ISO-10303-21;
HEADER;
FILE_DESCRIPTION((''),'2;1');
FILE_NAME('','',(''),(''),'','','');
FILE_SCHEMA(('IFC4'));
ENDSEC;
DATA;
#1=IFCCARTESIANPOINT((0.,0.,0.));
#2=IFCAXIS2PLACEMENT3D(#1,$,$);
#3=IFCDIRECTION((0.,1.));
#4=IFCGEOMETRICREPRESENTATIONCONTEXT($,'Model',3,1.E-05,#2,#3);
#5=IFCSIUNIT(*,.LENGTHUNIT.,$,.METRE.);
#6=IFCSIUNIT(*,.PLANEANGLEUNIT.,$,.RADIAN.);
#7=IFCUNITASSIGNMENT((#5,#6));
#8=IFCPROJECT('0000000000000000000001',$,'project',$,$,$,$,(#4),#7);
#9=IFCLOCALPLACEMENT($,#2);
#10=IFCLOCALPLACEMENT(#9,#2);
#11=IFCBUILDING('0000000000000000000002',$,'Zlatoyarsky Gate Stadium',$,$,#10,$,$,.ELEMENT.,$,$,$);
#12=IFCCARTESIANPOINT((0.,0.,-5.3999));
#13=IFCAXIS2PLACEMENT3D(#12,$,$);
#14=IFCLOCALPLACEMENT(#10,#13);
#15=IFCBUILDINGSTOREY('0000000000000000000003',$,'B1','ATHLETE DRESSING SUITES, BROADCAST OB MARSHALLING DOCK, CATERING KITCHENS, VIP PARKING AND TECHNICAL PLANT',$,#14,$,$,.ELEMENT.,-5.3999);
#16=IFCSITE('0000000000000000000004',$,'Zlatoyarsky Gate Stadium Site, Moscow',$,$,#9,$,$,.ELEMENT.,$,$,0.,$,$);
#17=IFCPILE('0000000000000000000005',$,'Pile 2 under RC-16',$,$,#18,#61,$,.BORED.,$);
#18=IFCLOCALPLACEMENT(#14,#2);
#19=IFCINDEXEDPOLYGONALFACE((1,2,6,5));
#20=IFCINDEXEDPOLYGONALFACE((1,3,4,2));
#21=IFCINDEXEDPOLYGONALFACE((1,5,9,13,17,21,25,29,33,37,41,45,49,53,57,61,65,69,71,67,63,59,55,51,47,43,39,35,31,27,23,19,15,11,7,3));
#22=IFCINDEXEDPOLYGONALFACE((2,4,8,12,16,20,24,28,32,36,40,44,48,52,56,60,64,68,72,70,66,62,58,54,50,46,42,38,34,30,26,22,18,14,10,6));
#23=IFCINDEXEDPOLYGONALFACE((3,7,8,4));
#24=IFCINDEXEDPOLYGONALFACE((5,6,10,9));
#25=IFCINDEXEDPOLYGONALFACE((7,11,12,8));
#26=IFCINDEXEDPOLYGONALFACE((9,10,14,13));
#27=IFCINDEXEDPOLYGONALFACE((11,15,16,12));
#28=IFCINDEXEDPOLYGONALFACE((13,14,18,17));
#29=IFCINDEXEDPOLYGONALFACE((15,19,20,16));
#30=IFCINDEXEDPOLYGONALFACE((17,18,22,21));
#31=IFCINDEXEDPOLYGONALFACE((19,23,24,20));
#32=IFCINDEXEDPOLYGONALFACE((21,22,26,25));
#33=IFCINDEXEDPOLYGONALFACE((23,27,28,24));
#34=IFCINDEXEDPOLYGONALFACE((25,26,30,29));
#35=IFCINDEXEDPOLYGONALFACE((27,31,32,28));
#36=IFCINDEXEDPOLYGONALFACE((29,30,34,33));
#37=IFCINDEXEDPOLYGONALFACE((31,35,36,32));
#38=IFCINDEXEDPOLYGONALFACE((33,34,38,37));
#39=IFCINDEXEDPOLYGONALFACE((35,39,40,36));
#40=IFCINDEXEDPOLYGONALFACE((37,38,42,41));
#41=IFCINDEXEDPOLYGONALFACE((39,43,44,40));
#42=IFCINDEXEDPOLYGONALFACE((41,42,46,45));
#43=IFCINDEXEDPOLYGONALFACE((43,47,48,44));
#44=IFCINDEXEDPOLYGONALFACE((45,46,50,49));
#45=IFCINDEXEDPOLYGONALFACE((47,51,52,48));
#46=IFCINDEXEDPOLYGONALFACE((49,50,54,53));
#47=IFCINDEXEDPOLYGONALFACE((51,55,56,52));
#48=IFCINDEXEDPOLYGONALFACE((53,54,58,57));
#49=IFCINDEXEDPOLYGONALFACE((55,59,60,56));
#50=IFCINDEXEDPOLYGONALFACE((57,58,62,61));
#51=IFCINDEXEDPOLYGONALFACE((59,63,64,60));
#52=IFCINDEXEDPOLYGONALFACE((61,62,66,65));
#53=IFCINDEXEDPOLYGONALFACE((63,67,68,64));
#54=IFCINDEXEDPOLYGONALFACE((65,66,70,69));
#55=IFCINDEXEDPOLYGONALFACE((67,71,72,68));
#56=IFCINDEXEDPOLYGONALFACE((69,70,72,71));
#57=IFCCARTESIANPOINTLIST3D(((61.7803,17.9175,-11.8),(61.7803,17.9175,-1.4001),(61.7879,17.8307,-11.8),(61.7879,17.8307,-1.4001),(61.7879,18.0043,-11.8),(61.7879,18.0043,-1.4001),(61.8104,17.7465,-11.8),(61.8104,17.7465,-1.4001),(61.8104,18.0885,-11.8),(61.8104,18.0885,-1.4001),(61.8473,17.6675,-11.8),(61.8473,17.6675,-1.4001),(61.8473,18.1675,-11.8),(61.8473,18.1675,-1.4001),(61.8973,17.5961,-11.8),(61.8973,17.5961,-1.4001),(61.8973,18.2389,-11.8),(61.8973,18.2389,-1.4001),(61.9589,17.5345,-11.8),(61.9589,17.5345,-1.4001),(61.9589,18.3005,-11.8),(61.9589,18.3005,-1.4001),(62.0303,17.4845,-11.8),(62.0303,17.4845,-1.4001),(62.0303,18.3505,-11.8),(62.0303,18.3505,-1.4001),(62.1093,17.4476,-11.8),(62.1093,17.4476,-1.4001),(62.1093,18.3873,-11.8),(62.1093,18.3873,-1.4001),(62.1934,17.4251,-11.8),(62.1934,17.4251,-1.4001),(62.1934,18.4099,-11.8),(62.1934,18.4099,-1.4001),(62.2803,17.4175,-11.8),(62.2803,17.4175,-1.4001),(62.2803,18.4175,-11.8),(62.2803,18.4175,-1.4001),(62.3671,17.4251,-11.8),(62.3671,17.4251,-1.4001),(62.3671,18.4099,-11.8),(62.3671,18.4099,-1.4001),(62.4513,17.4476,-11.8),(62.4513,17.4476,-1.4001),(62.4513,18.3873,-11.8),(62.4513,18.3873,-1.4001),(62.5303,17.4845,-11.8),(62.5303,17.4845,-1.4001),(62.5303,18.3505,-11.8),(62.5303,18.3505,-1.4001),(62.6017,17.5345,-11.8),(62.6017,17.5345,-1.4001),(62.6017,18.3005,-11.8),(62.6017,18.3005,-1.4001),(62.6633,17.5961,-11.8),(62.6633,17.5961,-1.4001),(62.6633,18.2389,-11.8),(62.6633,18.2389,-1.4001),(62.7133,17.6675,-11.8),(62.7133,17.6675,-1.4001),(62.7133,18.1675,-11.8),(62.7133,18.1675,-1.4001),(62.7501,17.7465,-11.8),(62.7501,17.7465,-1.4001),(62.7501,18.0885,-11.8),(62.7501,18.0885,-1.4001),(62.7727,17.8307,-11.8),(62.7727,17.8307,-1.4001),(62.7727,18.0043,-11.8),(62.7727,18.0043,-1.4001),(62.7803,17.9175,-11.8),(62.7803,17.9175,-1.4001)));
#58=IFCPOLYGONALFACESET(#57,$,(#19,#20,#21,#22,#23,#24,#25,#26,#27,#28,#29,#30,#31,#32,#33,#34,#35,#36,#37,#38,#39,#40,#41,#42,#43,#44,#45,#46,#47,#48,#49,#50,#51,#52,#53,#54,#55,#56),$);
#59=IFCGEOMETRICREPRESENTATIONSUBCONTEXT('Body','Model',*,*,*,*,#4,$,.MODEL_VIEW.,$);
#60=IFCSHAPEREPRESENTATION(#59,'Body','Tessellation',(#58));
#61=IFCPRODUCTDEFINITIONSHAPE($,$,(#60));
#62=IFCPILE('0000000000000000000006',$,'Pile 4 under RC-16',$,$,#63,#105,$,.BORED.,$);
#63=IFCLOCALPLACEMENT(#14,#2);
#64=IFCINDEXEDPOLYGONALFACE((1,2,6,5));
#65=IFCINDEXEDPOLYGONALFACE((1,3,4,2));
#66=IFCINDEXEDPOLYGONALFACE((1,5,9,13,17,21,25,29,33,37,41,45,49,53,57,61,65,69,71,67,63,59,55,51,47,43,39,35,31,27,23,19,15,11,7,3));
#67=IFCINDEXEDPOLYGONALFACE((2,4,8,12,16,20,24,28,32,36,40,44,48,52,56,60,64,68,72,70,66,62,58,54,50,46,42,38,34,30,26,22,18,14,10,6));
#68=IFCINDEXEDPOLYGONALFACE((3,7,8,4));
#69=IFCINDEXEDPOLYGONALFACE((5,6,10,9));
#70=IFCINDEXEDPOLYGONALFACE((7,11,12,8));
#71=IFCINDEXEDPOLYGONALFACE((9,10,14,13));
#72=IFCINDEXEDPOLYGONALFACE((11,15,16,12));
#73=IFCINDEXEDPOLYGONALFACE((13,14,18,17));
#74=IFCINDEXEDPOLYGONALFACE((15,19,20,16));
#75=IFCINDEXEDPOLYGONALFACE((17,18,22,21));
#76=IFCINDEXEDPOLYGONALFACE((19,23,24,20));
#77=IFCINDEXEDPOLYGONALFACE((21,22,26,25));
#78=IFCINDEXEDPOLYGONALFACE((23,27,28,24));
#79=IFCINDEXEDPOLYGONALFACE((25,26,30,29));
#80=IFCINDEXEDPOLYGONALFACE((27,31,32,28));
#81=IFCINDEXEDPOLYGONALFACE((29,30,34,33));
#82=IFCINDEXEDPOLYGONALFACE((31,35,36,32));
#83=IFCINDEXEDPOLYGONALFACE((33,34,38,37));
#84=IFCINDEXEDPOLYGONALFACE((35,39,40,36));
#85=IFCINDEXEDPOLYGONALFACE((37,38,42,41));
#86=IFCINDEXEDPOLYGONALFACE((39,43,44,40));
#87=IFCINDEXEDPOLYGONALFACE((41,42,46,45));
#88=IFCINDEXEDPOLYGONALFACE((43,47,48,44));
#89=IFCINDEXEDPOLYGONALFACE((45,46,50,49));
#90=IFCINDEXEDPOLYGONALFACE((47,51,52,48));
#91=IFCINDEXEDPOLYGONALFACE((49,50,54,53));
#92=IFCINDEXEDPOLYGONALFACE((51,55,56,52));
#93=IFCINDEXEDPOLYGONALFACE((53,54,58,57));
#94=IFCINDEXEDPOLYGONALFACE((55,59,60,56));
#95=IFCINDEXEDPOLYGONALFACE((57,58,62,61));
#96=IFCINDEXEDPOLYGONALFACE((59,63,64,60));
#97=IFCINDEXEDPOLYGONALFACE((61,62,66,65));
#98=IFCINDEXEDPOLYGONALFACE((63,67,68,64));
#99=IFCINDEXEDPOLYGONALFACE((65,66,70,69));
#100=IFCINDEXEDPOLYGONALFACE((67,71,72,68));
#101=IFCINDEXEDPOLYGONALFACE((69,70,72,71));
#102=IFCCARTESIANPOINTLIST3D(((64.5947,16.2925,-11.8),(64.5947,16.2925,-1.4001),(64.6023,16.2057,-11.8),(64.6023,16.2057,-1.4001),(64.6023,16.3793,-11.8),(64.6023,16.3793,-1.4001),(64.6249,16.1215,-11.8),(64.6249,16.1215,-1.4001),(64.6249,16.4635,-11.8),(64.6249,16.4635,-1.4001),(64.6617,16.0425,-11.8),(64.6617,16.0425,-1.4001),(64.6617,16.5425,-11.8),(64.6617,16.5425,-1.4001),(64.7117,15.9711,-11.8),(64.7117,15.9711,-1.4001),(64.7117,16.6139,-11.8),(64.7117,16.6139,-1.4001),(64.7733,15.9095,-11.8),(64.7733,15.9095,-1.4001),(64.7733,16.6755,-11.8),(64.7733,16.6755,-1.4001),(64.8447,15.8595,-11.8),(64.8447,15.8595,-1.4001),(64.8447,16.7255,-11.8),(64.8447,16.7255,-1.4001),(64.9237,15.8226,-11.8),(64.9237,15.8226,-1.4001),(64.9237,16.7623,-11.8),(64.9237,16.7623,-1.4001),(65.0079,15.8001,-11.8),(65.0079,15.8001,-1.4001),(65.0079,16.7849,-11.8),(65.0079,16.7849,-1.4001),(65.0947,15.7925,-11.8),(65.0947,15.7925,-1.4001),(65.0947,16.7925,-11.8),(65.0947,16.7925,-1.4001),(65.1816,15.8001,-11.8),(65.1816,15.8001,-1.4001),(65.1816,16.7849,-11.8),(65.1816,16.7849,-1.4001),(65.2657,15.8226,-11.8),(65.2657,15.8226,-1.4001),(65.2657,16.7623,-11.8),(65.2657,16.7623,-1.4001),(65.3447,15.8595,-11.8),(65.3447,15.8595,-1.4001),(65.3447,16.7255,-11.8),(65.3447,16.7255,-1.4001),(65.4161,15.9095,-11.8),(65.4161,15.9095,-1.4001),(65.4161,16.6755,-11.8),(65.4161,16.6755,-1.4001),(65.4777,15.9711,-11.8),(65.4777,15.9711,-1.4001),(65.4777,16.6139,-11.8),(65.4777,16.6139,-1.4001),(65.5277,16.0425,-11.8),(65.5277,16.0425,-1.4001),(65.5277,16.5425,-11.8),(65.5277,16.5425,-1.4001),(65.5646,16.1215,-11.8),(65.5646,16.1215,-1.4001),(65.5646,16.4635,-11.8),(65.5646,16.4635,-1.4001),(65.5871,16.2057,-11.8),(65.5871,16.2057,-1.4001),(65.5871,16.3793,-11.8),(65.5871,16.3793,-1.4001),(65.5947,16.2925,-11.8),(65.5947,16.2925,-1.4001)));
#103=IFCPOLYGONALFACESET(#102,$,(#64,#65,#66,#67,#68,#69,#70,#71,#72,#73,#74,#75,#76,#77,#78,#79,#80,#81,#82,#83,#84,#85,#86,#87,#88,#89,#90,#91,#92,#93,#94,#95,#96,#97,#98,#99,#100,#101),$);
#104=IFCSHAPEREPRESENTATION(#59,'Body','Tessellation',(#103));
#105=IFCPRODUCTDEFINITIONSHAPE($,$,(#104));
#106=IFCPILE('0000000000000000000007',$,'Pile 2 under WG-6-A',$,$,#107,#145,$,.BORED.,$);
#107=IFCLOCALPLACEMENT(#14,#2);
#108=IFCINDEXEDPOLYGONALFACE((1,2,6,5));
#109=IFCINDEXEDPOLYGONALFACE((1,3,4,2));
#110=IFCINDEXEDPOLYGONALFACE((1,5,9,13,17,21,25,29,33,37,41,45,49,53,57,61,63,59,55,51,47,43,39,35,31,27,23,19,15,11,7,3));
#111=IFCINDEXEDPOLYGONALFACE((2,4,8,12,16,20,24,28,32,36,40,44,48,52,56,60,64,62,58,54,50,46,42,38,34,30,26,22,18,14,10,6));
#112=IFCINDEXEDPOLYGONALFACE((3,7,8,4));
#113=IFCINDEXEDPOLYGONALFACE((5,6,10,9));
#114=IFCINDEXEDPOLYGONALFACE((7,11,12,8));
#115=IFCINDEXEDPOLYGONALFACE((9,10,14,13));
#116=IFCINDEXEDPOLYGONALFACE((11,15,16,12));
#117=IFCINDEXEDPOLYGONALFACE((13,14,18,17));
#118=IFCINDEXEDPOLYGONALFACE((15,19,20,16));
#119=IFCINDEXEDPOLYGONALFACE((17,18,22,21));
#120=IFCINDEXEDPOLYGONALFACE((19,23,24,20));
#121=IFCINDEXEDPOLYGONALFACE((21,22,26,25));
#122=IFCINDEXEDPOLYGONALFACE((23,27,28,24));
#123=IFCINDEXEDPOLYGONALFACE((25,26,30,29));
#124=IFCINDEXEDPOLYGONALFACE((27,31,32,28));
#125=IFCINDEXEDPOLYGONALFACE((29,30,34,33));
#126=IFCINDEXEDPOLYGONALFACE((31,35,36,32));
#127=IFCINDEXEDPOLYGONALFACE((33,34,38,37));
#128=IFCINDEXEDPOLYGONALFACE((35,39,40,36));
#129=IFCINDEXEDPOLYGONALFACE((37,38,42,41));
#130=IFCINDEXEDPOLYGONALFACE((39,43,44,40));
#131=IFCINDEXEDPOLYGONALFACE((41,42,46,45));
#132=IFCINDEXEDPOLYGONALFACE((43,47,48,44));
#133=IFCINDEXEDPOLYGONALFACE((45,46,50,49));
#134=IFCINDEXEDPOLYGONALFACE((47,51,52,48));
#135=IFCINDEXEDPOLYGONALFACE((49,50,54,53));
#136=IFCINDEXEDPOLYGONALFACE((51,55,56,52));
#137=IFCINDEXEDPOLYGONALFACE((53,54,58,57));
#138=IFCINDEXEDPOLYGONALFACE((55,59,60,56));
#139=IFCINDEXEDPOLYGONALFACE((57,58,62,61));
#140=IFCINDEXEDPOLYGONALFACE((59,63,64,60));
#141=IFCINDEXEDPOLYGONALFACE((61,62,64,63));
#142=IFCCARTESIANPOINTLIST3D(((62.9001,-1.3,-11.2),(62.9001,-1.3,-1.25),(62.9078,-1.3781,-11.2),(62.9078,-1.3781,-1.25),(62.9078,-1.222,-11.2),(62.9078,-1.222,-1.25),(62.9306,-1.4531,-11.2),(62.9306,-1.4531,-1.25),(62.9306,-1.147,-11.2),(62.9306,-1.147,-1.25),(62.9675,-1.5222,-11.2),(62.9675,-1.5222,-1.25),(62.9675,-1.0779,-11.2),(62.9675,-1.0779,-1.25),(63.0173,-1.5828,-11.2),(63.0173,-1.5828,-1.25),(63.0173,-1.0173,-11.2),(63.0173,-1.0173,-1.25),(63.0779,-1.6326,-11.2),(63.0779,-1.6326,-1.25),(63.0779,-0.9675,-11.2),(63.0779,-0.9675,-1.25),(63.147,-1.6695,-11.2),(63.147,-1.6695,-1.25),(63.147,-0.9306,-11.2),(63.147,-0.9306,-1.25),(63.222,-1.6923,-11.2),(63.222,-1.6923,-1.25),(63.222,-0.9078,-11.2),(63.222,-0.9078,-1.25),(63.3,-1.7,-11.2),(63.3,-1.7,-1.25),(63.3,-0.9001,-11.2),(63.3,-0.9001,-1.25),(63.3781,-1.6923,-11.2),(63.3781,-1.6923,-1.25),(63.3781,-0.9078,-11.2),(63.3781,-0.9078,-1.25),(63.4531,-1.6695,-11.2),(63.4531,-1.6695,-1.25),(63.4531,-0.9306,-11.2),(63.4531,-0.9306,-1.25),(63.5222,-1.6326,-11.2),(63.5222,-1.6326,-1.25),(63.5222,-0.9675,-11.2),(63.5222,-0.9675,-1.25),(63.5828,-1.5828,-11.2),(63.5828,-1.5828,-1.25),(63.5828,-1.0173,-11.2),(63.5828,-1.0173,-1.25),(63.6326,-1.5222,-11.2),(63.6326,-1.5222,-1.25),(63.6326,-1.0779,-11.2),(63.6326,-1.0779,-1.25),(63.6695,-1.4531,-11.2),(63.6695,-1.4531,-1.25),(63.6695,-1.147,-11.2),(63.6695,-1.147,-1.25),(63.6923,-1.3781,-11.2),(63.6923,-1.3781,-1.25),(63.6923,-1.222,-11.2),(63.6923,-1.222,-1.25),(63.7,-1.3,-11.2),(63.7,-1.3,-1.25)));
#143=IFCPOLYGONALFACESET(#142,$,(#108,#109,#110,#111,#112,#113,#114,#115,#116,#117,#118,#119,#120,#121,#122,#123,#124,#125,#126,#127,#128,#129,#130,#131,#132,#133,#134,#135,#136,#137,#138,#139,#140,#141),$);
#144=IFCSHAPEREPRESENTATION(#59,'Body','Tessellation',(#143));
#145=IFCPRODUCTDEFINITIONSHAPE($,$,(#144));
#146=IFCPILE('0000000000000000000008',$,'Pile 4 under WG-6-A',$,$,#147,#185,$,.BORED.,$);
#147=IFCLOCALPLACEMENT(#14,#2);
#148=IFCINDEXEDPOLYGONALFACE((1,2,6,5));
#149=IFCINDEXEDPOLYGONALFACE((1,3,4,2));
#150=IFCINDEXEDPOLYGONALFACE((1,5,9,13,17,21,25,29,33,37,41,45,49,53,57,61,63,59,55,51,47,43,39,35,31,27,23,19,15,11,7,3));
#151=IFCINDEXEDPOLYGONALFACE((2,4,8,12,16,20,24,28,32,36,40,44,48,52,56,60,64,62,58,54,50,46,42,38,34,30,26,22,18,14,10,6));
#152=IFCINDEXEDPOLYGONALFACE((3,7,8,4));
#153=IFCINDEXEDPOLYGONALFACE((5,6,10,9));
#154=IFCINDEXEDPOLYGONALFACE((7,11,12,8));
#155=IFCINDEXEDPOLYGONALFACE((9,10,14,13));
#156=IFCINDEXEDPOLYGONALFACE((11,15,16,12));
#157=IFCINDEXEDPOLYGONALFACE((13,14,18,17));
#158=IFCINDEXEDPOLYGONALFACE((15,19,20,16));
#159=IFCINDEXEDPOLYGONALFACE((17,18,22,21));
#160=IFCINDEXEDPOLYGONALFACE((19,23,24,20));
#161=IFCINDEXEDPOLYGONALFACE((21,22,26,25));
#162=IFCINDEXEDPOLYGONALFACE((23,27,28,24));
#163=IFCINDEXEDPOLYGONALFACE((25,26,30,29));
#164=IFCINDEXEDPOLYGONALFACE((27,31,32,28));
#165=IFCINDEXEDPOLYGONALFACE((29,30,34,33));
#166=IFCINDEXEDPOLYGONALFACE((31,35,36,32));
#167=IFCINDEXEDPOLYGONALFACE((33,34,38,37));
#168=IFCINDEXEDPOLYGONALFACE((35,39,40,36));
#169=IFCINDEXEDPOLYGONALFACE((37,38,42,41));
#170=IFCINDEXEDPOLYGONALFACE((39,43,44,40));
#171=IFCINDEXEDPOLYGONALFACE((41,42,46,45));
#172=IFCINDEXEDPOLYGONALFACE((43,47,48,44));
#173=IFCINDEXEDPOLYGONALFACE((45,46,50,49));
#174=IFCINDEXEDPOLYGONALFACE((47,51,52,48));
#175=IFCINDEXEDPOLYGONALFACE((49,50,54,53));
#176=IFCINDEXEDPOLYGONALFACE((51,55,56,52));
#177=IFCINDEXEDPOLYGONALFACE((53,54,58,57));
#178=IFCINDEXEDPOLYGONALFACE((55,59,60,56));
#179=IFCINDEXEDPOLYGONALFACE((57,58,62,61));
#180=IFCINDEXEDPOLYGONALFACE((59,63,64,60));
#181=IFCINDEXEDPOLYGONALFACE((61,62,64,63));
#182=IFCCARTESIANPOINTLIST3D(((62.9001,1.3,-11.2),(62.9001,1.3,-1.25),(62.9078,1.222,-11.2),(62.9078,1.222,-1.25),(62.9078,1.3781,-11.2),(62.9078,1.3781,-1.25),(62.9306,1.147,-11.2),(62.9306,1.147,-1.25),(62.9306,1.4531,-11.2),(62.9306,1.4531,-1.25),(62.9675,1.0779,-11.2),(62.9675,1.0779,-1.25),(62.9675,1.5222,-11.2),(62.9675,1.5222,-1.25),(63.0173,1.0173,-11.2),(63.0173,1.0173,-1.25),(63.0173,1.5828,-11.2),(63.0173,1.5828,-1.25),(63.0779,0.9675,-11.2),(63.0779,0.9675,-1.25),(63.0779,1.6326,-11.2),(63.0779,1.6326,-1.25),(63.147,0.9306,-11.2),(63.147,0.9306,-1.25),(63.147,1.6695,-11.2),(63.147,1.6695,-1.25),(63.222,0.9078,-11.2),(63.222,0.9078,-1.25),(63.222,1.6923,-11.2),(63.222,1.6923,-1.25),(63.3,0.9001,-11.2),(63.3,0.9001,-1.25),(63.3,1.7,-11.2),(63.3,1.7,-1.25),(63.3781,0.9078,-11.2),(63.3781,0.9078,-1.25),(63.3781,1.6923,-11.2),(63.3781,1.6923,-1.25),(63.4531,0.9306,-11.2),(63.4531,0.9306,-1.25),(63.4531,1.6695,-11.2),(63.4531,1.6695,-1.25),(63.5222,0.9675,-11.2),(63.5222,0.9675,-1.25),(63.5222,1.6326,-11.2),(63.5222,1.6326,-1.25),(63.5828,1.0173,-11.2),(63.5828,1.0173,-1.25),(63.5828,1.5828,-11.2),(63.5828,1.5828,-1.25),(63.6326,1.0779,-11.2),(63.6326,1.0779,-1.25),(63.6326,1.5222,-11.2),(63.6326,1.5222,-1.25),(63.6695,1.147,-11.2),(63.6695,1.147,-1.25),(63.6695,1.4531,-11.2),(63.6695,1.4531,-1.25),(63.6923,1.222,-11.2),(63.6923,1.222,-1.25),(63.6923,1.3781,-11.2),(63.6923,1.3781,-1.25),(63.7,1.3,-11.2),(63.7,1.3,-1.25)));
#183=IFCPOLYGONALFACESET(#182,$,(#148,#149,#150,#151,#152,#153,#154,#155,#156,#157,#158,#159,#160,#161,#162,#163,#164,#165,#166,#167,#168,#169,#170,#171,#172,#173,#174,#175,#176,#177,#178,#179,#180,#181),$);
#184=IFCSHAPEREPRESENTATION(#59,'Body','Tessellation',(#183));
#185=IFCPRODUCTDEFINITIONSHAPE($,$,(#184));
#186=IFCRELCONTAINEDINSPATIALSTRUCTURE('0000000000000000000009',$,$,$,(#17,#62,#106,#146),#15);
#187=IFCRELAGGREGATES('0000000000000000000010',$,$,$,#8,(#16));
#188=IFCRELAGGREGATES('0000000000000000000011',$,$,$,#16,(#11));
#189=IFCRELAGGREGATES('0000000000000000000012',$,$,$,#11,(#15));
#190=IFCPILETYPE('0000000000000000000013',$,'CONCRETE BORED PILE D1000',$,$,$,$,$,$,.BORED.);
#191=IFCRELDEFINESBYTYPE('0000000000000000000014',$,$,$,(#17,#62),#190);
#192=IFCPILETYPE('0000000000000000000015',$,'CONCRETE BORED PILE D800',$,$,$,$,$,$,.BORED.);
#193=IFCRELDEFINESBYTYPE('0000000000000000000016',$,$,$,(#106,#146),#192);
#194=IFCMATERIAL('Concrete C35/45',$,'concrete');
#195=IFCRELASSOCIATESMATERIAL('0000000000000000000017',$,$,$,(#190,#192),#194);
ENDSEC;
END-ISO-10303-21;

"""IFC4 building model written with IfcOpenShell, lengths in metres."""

from ifc_helpers import new_model, si_unit, direction, frame, origin, origin_2d, place, context, subcontext, project, spatial, circle, extrude, material, material_profile, profile_set, type_object, element, save


model = new_model("IFC4")

# Units and contexts
model_context = context("Model", 3, precision=1e-05, world=origin(), true_north=direction((0.0, 1.0)))
body_context = subcontext(model_context, "Body", "Model", "MODEL_VIEW")
ifc_project = project(units=[si_unit("LENGTHUNIT", "METRE"), si_unit("PLANEANGLEUNIT", "RADIAN")], contexts=[model_context])

# Site, building, storey
site_placement = place(None, origin())
site = spatial("IfcSite", under=ifc_project, at=site_placement, Name="Zlatoyarsky Gate Stadium Site, Moscow", CompositionType="ELEMENT", RefElevation=0.0)
building_placement = place(site_placement, origin())
building = spatial("IfcBuilding", under=site, at=building_placement, Name="Zlatoyarsky Gate Stadium", CompositionType="ELEMENT")
storey_placement = place(building_placement, frame((0.0, 0.0, -5.3999)))
storey = spatial("IfcBuildingStorey", under=building, at=storey_placement, Name="B1", Description="ATHLETE DRESSING SUITES, BROADCAST OB MARSHALLING DOCK, CATERING KITCHENS, VIP PARKING AND TECHNICAL PLANT", CompositionType="ELEMENT", Elevation=-5.3999)

# Piles
ifc_material_1 = material(Name="Concrete C35/45", Category="concrete")
ifc_material_profile_1 = material_profile(ifc_material_1, circle(Radius=0.5, at=origin_2d()), Name="BORED PILE D1000")
ifc_profile_set_1 = profile_set([ifc_material_profile_1], Name="Concrete C35/45")
pile_type_1 = type_object("IfcPileType", Name="CONCRETE BORED PILE D1000", PredefinedType="BORED", material=ifc_profile_set_1)
for number, where, z_axis, x_axis, name in (
    (1, (62.2803, 17.9175, -1.4001), (0.0, 0.0, -1.0), (1.0, 0.0, 0.0), "Pile 2 under RC-16"),
    (2, (65.0947, 16.2925, -1.4001), (0.0, 0.0, -1.0), (1.0, 0.0, 0.0), "Pile 4 under RC-16"),
):
    element("IfcPile", number, at=place(storey_placement, frame(where, z_axis=z_axis, x_axis=x_axis)), inside=storey, type_object=pile_type_1, Name=name, PredefinedType="BORED", context=body_context, shape_type="SweptSolid", body=[
        extrude(circle(Radius=0.5, at=origin_2d()), origin(), (0.0, 0.0, 1.0), 10.3999),
    ])
ifc_material_profile_2 = material_profile(ifc_material_1, circle(Radius=0.3999, at=origin_2d()), Name="BORED PILE D800")
ifc_profile_set_2 = profile_set([ifc_material_profile_2], Name="Concrete C35/45")
pile_type_2 = type_object("IfcPileType", Name="CONCRETE BORED PILE D800", PredefinedType="BORED", material=ifc_profile_set_2)
for number, where, z_axis, x_axis, name in (
    (3, (63.3, -1.3, -1.25), (0.0, 0.0, -1.0), (1.0, 0.0, 0.0), "Pile 2 under WG-6-A"),
    (4, (63.3, 1.3, -1.25), (0.0, 0.0, -1.0), (1.0, 0.0, 0.0), "Pile 4 under WG-6-A"),
):
    element("IfcPile", number, at=place(storey_placement, frame(where, z_axis=z_axis, x_axis=x_axis)), inside=storey, type_object=pile_type_2, Name=name, PredefinedType="BORED", context=body_context, shape_type="SweptSolid", body=[
        extrude(circle(Radius=0.3999, at=origin_2d()), origin(), (0.0, 0.0, 1.0), 9.95),
    ])

save(model, "model.ifc")
